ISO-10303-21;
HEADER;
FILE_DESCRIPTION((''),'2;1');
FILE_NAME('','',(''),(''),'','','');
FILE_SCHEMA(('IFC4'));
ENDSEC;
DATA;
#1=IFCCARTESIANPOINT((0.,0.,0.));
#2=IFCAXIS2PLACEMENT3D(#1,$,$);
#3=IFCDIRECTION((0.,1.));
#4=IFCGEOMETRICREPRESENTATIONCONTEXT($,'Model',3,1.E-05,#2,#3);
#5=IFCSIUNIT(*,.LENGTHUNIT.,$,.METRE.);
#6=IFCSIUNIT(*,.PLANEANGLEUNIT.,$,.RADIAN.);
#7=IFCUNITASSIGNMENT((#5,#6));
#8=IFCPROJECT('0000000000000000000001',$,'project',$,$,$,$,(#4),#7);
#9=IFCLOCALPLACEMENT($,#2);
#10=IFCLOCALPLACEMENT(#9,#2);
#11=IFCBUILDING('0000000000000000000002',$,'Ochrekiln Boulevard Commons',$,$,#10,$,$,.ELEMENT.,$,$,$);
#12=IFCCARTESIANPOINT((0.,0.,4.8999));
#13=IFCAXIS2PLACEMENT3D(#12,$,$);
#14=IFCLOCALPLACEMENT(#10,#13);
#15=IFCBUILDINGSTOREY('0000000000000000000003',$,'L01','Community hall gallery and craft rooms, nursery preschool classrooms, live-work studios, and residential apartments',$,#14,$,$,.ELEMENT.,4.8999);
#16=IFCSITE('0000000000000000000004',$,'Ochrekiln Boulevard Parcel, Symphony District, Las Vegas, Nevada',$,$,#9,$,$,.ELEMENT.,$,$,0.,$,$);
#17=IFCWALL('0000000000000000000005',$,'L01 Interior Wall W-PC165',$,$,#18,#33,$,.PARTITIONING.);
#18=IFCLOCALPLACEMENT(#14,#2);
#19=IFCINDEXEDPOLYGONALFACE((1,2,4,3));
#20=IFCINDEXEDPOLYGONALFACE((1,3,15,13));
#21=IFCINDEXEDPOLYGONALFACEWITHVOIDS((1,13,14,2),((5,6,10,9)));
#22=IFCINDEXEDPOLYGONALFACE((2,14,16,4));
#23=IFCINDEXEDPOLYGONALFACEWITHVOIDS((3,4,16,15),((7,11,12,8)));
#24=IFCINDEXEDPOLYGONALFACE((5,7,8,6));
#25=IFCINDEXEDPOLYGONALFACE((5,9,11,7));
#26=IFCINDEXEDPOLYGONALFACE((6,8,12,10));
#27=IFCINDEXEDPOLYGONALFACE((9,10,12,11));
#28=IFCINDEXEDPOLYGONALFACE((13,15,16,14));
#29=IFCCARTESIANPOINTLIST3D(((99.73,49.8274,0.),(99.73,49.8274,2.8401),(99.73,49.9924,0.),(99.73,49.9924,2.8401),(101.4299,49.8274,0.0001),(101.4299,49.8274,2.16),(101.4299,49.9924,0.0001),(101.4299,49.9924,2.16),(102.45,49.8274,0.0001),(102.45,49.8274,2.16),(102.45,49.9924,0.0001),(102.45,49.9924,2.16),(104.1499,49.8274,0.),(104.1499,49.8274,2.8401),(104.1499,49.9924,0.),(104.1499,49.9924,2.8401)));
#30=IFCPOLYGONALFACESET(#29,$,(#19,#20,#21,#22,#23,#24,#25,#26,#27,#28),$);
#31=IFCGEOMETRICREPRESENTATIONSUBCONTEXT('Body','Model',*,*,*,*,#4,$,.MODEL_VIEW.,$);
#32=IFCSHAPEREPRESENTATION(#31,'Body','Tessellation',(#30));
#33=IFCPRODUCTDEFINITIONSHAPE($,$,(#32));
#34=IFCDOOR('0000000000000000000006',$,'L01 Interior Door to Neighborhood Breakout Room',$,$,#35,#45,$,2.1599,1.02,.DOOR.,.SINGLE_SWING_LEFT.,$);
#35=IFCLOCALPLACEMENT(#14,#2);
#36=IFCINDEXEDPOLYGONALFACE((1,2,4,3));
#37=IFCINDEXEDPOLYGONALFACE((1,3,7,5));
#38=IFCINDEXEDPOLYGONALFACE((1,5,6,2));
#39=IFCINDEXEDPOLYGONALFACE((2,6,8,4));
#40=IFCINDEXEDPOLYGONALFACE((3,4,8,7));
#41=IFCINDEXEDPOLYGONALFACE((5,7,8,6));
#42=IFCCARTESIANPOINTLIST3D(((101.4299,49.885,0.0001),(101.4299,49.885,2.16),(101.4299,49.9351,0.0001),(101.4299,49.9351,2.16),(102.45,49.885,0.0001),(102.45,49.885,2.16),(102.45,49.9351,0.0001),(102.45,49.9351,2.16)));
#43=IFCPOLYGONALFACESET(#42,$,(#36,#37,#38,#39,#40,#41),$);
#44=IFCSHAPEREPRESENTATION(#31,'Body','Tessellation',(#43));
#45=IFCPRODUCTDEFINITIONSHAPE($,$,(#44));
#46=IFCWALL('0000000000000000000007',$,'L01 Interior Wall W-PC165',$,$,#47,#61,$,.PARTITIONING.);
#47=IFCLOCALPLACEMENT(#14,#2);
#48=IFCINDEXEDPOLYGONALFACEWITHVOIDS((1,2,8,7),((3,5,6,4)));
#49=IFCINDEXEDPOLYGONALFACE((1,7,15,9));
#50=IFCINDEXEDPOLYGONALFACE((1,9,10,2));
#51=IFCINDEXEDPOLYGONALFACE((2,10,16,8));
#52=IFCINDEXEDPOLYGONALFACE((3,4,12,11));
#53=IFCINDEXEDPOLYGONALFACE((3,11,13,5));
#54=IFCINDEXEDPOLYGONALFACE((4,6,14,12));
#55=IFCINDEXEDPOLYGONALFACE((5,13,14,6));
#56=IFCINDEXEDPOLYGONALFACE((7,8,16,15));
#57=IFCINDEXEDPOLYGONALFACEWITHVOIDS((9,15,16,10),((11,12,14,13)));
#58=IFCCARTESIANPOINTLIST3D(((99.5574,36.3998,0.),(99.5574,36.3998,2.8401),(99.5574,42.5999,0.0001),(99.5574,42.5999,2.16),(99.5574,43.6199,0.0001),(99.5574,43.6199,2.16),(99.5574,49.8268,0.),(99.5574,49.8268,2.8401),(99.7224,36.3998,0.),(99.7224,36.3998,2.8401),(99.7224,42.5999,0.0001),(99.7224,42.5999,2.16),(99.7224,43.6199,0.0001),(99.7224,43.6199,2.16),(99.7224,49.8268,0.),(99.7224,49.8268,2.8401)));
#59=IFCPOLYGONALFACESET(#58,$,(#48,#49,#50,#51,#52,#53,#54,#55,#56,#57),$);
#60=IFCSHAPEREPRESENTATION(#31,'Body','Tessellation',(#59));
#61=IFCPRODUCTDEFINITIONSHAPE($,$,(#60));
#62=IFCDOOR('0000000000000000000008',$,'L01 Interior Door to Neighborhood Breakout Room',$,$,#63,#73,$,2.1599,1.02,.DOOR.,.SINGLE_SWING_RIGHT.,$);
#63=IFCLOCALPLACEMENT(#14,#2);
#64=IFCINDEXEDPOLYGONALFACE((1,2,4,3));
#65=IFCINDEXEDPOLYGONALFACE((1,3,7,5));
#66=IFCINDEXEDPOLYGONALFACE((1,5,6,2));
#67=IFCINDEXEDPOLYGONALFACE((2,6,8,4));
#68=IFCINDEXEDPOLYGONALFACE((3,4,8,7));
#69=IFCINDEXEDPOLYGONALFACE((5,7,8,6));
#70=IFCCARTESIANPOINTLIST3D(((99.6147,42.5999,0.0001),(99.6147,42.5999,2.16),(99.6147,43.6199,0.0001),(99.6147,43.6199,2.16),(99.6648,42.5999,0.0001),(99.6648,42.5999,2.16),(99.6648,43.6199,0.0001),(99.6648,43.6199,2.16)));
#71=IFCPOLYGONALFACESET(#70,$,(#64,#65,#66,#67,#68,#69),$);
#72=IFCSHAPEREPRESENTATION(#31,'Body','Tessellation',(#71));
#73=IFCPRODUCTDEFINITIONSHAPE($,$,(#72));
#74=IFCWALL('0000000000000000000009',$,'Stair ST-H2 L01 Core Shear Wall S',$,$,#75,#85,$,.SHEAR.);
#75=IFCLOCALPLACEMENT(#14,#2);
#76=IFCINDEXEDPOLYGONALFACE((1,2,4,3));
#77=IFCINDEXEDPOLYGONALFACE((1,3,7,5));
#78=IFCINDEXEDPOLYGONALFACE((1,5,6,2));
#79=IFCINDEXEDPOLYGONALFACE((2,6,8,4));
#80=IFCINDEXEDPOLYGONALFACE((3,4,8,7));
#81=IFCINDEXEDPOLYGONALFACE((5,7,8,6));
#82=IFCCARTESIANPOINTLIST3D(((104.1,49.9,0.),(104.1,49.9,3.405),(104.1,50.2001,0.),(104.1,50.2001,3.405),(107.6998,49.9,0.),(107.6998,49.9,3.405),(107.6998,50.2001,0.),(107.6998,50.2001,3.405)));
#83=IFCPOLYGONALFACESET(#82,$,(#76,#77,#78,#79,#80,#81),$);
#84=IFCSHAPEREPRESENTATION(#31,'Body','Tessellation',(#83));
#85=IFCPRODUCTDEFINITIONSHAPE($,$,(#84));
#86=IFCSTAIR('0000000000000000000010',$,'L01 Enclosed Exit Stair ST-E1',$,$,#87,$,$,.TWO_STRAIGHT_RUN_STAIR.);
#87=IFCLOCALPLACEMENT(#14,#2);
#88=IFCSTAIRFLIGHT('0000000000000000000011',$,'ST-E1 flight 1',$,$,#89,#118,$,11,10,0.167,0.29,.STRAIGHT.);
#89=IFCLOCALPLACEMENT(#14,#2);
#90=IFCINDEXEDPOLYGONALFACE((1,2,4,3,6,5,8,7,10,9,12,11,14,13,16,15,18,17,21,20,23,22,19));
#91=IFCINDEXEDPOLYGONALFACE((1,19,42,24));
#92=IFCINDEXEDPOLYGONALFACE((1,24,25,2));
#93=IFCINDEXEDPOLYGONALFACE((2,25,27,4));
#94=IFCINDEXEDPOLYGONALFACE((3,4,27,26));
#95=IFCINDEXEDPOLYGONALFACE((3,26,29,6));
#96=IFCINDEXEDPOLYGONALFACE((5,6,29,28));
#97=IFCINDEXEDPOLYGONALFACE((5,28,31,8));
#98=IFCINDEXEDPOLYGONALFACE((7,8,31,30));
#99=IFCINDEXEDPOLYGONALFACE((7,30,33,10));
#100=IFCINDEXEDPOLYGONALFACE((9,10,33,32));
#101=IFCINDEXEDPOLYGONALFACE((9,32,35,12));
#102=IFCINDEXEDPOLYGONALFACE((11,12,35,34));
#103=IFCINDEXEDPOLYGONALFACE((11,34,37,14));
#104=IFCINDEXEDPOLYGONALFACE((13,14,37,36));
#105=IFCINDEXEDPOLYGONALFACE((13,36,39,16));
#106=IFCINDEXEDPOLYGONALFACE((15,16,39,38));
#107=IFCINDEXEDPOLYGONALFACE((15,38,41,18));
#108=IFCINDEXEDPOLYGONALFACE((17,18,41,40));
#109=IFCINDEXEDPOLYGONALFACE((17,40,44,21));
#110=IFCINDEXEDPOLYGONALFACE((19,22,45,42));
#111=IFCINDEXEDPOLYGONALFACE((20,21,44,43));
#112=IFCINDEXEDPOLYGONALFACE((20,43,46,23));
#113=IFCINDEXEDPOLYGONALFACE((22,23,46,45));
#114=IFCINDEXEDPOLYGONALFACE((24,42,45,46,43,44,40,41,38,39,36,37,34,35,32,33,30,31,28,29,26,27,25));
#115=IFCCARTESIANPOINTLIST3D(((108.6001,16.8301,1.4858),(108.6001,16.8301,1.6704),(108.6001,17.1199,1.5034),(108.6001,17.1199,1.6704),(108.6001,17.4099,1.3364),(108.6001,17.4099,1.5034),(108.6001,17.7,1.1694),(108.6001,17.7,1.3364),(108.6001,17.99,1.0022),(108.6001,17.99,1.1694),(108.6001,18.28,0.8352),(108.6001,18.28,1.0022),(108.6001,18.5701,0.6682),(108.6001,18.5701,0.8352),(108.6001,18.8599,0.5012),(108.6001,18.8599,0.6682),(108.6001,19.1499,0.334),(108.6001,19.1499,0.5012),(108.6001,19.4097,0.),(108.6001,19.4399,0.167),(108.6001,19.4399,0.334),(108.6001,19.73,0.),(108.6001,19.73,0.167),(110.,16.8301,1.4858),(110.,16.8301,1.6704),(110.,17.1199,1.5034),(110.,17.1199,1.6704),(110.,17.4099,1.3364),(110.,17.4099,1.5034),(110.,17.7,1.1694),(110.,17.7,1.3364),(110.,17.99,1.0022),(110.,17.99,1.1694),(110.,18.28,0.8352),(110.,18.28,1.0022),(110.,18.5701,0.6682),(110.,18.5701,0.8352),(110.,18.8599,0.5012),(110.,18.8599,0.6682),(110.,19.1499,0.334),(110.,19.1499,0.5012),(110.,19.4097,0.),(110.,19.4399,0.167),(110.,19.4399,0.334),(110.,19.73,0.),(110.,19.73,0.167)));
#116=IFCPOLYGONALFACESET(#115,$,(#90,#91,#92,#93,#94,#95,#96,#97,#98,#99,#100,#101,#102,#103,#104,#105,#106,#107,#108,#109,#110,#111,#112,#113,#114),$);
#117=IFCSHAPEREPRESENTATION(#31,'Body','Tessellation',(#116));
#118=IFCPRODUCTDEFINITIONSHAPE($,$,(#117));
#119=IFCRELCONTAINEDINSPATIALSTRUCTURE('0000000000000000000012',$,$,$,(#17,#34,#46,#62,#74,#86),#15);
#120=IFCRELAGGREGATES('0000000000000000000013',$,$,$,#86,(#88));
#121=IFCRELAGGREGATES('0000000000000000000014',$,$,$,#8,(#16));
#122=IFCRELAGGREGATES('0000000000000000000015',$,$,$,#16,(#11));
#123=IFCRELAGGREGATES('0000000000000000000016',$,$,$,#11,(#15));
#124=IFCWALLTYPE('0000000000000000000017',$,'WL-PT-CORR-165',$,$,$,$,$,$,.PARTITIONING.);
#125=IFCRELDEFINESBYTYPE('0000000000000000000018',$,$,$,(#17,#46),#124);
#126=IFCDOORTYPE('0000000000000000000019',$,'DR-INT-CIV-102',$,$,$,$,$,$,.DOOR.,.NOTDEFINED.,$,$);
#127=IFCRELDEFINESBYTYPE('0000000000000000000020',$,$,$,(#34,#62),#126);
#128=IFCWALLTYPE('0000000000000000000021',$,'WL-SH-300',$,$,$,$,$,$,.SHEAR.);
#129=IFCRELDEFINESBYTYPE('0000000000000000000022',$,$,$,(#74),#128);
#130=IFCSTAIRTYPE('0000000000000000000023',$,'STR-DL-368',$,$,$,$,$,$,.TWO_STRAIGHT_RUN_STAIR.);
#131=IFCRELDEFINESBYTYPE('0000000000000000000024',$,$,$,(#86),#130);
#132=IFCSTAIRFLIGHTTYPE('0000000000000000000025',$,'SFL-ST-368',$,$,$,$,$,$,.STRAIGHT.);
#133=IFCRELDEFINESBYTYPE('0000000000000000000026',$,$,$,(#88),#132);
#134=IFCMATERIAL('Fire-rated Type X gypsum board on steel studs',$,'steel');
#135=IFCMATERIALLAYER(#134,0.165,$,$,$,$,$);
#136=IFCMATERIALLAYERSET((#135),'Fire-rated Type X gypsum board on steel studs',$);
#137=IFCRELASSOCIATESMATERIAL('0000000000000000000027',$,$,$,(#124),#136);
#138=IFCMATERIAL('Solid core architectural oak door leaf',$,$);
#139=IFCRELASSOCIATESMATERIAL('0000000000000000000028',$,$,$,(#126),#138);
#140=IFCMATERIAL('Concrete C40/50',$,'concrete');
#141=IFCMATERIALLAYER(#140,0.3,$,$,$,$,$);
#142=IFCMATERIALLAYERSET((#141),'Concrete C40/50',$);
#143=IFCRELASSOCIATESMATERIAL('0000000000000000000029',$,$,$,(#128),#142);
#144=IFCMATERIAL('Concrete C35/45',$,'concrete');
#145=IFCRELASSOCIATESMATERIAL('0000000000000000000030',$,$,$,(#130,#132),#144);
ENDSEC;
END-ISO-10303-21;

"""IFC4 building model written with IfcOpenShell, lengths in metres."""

from ifc_helpers import new_model, si_unit, direction, frame, frame_2d, origin, place, context, subcontext, project, spatial, polyline, rectangle, outline, extrude, material, layer, layer_set, type_object, element, fill, aggregate, save


model = new_model("IFC4")

# Units and contexts
model_context = context("Model", 3, precision=1e-05, world=origin(), true_north=direction((0.0, 1.0)))
body_context = subcontext(model_context, "Body", "Model", "MODEL_VIEW")
ifc_project = project(units=[si_unit("LENGTHUNIT", "METRE"), si_unit("PLANEANGLEUNIT", "RADIAN")], contexts=[model_context])

# Site, building, storey
site_placement = place(None, origin())
site = spatial("IfcSite", under=ifc_project, at=site_placement, Name="Ochrekiln Boulevard Parcel, Symphony District, Las Vegas, Nevada", CompositionType="ELEMENT", RefElevation=0.0)
building_placement = place(site_placement, origin())
building = spatial("IfcBuilding", under=site, at=building_placement, Name="Ochrekiln Boulevard Commons", CompositionType="ELEMENT")
storey_placement = place(building_placement, frame((0.0, 0.0, 4.8999)))
storey = spatial("IfcBuildingStorey", under=building, at=storey_placement, Name="L01", Description="Community hall gallery and craft rooms, nursery preschool classrooms, live-work studios, and residential apartments", CompositionType="ELEMENT", Elevation=4.8999)

# Shared definitions
ifc_material_1 = material(Name="Concrete C35/45", Category="concrete")
ifc_material_2 = material(Name="Concrete C40/50", Category="concrete")

# Walls, openings, doors
ifc_material_3 = material(Name="Fire-rated Type X gypsum board on steel studs", Category="steel")
ifc_layer_1 = layer(ifc_material_3, 0.165)
ifc_layer_set_1 = layer_set([ifc_layer_1], Name="Fire-rated Type X gypsum board on steel studs")
wall_type_1 = type_object("IfcWallType", Name="WL-PT-CORR-165", PredefinedType="PARTITIONING", material=ifc_layer_set_1)
wall_1_placement = place(storey_placement, frame((99.73, 49.9099, 0.0), z_axis=(0.0, 0.0, 1.0), x_axis=(1.0, 0.0, 0.0)))
wall_1 = element("IfcWall", 1, at=wall_1_placement, inside=storey, type_object=wall_type_1, Name="L01 Interior Wall W-PC165", PredefinedType="PARTITIONING", context=body_context, shape_type="SweptSolid", body=[
    extrude(rectangle(XDim=4.4199, YDim=0.165, at=frame_2d((2.21, 0.0))), origin(), (0.0, 0.0, 1.0), 2.8401),
])
opening_1_placement = place(wall_1_placement, frame((1.7, 0.0, 0.0)))
opening_1 = element("IfcOpeningElement", 2, at=opening_1_placement, cuts=wall_1, PredefinedType="OPENING", context=body_context, shape_type="SweptSolid", body=[
    extrude(rectangle(XDim=1.02, YDim=2.1599, at=frame_2d((0.51, 1.0801))), frame((0.0, 0.0925, 0.0), z_axis=(0.0, -1.0, 0.0), x_axis=(1.0, 0.0, 0.0)), (0.0, 0.0, 1.0), 0.1851),
])
ifc_material_4 = material(Name="Solid core architectural oak door leaf")
door_type_1 = type_object("IfcDoorType", Name="DR-INT-CIV-102", OperationType="NOTDEFINED", PredefinedType="DOOR", material=ifc_material_4)
door_1_placement = place(opening_1_placement, frame((1.02, 0.0, 0.0), z_axis=(0.0, 0.0, 1.0), x_axis=(-1.0, 0.0, 0.0)))
door_1 = element("IfcDoor", 3, at=door_1_placement, inside=storey, type_object=door_type_1, Name="L01 Interior Door to Neighborhood Breakout Room", OperationType="SINGLE_SWING_LEFT", OverallHeight=2.1599, OverallWidth=1.02, PredefinedType="DOOR", context=body_context, shape_type="SweptSolid", body=[
    extrude(rectangle(XDim=1.02, YDim=2.1599, at=frame_2d((0.51, 1.0801))), frame((0.0, 0.0249, 0.0), z_axis=(0.0, -1.0, 0.0), x_axis=(1.0, 0.0, 0.0)), (0.0, 0.0, 1.0), 0.05),
])
fill(opening_1, door_1)
wall_2_placement = place(storey_placement, frame((99.6399, 36.3999, 0.0), z_axis=(0.0, 0.0, 1.0), x_axis=(0.0, 1.0, 0.0)))
wall_2 = element("IfcWall", 4, at=wall_2_placement, inside=storey, type_object=wall_type_1, Name="L01 Interior Wall W-PC165", PredefinedType="PARTITIONING", context=body_context, shape_type="SweptSolid", body=[
    extrude(rectangle(XDim=13.427, YDim=0.165, at=frame_2d((6.7134, 0.0))), origin(), (0.0, 0.0, 1.0), 2.8401),
])
opening_2_placement = place(wall_2_placement, frame((6.2, 0.0, 0.0)))
opening_2 = element("IfcOpeningElement", 5, at=opening_2_placement, cuts=wall_2, PredefinedType="OPENING", context=body_context, shape_type="SweptSolid", body=[
    extrude(rectangle(XDim=1.02, YDim=2.1599, at=frame_2d((0.51, 1.0801))), frame((0.0, 0.0925, 0.0), z_axis=(0.0, -1.0, 0.0), x_axis=(1.0, 0.0, 0.0)), (0.0, 0.0, 1.0), 0.1851),
])
door_2_placement = place(opening_2_placement, frame((1.02, 0.0, 0.0), z_axis=(0.0, 0.0, 1.0), x_axis=(-1.0, 0.0, 0.0)))
door_2 = element("IfcDoor", 6, at=door_2_placement, inside=storey, type_object=door_type_1, Name="L01 Interior Door to Neighborhood Breakout Room", OperationType="SINGLE_SWING_RIGHT", OverallHeight=2.1599, OverallWidth=1.02, PredefinedType="DOOR", context=body_context, shape_type="SweptSolid", body=[
    extrude(rectangle(XDim=1.02, YDim=2.1599, at=frame_2d((0.51, 1.0801))), frame((0.0, 0.0249, 0.0), z_axis=(0.0, -1.0, 0.0), x_axis=(1.0, 0.0, 0.0)), (0.0, 0.0, 1.0), 0.05),
])
fill(opening_2, door_2)

# Wall
ifc_layer_2 = layer(ifc_material_2, 0.3)
ifc_layer_set_2 = layer_set([ifc_layer_2], Name="Concrete C40/50")
wall_type_2 = type_object("IfcWallType", Name="WL-SH-300", PredefinedType="SHEAR", material=ifc_layer_set_2)
wall_3_placement = place(storey_placement, frame((104.1001, 50.05, 0.0), z_axis=(0.0, 0.0, 1.0), x_axis=(1.0, 0.0, 0.0)))
element("IfcWall", 7, at=wall_3_placement, inside=storey, type_object=wall_type_2, Name="Stair ST-H2 L01 Core Shear Wall S", PredefinedType="SHEAR", context=body_context, shape_type="SweptSolid", body=[
    extrude(rectangle(XDim=3.5999, YDim=0.3, at=frame_2d((1.7998, 0.0))), origin(), (0.0, 0.0, 1.0), 3.405),
])

# Stair, stair flight
stair_type = type_object("IfcStairType", Name="STR-DL-368", PredefinedType="TWO_STRAIGHT_RUN_STAIR", material=ifc_material_1)
stair_placement = place(storey_placement, origin())
stair = element("IfcStair", 8, at=stair_placement, inside=storey, type_object=stair_type, Name="L01 Enclosed Exit Stair ST-E1", PredefinedType="TWO_STRAIGHT_RUN_STAIR")
stair_flight_type = type_object("IfcStairFlightType", Name="SFL-ST-368", PredefinedType="STRAIGHT", material=ifc_material_1)
stair_flight_placement = place(storey_placement, frame((109.3, 19.73, 0.0), z_axis=(0.0, 0.0, 1.0), x_axis=(0.0, -1.0, 0.0)))
stair_flight = element("IfcStairFlight", 9, at=stair_flight_placement, type_object=stair_flight_type, Name="ST-E1 flight 1", NumberOfRisers=11, NumberOfTreads=10, PredefinedType="STRAIGHT", RiserHeight=0.167, TreadLength=0.29, context=body_context, shape_type="SweptSolid", body=[
    extrude(outline(polyline([(0.0, 0.0), (0.0, 0.167), (0.29, 0.167), (0.29, 0.334), (0.5801, 0.334), (0.5801, 0.5012), (0.8701, 0.5012), (0.8701, 0.6682), (1.1599, 0.6682), (1.1599, 0.8352), (1.45, 0.8352), (1.45, 1.0022), (1.74, 1.0022), (1.74, 1.1694), (2.03, 1.1694), (2.03, 1.3364), (2.3201, 1.3364), (2.3201, 1.5034), (2.6101, 1.5034), (2.6101, 1.6704), (2.8999, 1.6704), (2.8999, 1.8374), (2.8999, 1.4858), (0.3203, 0.0), (0.0, 0.0)])), frame((0.0, 0.7, 0.0), z_axis=(0.0, -1.0, 0.0), x_axis=(1.0, 0.0, 0.0)), (0.0, 0.0, 1.0), 1.3999),
])
aggregate(stair, [stair_flight])

save(model, "model.ifc")
